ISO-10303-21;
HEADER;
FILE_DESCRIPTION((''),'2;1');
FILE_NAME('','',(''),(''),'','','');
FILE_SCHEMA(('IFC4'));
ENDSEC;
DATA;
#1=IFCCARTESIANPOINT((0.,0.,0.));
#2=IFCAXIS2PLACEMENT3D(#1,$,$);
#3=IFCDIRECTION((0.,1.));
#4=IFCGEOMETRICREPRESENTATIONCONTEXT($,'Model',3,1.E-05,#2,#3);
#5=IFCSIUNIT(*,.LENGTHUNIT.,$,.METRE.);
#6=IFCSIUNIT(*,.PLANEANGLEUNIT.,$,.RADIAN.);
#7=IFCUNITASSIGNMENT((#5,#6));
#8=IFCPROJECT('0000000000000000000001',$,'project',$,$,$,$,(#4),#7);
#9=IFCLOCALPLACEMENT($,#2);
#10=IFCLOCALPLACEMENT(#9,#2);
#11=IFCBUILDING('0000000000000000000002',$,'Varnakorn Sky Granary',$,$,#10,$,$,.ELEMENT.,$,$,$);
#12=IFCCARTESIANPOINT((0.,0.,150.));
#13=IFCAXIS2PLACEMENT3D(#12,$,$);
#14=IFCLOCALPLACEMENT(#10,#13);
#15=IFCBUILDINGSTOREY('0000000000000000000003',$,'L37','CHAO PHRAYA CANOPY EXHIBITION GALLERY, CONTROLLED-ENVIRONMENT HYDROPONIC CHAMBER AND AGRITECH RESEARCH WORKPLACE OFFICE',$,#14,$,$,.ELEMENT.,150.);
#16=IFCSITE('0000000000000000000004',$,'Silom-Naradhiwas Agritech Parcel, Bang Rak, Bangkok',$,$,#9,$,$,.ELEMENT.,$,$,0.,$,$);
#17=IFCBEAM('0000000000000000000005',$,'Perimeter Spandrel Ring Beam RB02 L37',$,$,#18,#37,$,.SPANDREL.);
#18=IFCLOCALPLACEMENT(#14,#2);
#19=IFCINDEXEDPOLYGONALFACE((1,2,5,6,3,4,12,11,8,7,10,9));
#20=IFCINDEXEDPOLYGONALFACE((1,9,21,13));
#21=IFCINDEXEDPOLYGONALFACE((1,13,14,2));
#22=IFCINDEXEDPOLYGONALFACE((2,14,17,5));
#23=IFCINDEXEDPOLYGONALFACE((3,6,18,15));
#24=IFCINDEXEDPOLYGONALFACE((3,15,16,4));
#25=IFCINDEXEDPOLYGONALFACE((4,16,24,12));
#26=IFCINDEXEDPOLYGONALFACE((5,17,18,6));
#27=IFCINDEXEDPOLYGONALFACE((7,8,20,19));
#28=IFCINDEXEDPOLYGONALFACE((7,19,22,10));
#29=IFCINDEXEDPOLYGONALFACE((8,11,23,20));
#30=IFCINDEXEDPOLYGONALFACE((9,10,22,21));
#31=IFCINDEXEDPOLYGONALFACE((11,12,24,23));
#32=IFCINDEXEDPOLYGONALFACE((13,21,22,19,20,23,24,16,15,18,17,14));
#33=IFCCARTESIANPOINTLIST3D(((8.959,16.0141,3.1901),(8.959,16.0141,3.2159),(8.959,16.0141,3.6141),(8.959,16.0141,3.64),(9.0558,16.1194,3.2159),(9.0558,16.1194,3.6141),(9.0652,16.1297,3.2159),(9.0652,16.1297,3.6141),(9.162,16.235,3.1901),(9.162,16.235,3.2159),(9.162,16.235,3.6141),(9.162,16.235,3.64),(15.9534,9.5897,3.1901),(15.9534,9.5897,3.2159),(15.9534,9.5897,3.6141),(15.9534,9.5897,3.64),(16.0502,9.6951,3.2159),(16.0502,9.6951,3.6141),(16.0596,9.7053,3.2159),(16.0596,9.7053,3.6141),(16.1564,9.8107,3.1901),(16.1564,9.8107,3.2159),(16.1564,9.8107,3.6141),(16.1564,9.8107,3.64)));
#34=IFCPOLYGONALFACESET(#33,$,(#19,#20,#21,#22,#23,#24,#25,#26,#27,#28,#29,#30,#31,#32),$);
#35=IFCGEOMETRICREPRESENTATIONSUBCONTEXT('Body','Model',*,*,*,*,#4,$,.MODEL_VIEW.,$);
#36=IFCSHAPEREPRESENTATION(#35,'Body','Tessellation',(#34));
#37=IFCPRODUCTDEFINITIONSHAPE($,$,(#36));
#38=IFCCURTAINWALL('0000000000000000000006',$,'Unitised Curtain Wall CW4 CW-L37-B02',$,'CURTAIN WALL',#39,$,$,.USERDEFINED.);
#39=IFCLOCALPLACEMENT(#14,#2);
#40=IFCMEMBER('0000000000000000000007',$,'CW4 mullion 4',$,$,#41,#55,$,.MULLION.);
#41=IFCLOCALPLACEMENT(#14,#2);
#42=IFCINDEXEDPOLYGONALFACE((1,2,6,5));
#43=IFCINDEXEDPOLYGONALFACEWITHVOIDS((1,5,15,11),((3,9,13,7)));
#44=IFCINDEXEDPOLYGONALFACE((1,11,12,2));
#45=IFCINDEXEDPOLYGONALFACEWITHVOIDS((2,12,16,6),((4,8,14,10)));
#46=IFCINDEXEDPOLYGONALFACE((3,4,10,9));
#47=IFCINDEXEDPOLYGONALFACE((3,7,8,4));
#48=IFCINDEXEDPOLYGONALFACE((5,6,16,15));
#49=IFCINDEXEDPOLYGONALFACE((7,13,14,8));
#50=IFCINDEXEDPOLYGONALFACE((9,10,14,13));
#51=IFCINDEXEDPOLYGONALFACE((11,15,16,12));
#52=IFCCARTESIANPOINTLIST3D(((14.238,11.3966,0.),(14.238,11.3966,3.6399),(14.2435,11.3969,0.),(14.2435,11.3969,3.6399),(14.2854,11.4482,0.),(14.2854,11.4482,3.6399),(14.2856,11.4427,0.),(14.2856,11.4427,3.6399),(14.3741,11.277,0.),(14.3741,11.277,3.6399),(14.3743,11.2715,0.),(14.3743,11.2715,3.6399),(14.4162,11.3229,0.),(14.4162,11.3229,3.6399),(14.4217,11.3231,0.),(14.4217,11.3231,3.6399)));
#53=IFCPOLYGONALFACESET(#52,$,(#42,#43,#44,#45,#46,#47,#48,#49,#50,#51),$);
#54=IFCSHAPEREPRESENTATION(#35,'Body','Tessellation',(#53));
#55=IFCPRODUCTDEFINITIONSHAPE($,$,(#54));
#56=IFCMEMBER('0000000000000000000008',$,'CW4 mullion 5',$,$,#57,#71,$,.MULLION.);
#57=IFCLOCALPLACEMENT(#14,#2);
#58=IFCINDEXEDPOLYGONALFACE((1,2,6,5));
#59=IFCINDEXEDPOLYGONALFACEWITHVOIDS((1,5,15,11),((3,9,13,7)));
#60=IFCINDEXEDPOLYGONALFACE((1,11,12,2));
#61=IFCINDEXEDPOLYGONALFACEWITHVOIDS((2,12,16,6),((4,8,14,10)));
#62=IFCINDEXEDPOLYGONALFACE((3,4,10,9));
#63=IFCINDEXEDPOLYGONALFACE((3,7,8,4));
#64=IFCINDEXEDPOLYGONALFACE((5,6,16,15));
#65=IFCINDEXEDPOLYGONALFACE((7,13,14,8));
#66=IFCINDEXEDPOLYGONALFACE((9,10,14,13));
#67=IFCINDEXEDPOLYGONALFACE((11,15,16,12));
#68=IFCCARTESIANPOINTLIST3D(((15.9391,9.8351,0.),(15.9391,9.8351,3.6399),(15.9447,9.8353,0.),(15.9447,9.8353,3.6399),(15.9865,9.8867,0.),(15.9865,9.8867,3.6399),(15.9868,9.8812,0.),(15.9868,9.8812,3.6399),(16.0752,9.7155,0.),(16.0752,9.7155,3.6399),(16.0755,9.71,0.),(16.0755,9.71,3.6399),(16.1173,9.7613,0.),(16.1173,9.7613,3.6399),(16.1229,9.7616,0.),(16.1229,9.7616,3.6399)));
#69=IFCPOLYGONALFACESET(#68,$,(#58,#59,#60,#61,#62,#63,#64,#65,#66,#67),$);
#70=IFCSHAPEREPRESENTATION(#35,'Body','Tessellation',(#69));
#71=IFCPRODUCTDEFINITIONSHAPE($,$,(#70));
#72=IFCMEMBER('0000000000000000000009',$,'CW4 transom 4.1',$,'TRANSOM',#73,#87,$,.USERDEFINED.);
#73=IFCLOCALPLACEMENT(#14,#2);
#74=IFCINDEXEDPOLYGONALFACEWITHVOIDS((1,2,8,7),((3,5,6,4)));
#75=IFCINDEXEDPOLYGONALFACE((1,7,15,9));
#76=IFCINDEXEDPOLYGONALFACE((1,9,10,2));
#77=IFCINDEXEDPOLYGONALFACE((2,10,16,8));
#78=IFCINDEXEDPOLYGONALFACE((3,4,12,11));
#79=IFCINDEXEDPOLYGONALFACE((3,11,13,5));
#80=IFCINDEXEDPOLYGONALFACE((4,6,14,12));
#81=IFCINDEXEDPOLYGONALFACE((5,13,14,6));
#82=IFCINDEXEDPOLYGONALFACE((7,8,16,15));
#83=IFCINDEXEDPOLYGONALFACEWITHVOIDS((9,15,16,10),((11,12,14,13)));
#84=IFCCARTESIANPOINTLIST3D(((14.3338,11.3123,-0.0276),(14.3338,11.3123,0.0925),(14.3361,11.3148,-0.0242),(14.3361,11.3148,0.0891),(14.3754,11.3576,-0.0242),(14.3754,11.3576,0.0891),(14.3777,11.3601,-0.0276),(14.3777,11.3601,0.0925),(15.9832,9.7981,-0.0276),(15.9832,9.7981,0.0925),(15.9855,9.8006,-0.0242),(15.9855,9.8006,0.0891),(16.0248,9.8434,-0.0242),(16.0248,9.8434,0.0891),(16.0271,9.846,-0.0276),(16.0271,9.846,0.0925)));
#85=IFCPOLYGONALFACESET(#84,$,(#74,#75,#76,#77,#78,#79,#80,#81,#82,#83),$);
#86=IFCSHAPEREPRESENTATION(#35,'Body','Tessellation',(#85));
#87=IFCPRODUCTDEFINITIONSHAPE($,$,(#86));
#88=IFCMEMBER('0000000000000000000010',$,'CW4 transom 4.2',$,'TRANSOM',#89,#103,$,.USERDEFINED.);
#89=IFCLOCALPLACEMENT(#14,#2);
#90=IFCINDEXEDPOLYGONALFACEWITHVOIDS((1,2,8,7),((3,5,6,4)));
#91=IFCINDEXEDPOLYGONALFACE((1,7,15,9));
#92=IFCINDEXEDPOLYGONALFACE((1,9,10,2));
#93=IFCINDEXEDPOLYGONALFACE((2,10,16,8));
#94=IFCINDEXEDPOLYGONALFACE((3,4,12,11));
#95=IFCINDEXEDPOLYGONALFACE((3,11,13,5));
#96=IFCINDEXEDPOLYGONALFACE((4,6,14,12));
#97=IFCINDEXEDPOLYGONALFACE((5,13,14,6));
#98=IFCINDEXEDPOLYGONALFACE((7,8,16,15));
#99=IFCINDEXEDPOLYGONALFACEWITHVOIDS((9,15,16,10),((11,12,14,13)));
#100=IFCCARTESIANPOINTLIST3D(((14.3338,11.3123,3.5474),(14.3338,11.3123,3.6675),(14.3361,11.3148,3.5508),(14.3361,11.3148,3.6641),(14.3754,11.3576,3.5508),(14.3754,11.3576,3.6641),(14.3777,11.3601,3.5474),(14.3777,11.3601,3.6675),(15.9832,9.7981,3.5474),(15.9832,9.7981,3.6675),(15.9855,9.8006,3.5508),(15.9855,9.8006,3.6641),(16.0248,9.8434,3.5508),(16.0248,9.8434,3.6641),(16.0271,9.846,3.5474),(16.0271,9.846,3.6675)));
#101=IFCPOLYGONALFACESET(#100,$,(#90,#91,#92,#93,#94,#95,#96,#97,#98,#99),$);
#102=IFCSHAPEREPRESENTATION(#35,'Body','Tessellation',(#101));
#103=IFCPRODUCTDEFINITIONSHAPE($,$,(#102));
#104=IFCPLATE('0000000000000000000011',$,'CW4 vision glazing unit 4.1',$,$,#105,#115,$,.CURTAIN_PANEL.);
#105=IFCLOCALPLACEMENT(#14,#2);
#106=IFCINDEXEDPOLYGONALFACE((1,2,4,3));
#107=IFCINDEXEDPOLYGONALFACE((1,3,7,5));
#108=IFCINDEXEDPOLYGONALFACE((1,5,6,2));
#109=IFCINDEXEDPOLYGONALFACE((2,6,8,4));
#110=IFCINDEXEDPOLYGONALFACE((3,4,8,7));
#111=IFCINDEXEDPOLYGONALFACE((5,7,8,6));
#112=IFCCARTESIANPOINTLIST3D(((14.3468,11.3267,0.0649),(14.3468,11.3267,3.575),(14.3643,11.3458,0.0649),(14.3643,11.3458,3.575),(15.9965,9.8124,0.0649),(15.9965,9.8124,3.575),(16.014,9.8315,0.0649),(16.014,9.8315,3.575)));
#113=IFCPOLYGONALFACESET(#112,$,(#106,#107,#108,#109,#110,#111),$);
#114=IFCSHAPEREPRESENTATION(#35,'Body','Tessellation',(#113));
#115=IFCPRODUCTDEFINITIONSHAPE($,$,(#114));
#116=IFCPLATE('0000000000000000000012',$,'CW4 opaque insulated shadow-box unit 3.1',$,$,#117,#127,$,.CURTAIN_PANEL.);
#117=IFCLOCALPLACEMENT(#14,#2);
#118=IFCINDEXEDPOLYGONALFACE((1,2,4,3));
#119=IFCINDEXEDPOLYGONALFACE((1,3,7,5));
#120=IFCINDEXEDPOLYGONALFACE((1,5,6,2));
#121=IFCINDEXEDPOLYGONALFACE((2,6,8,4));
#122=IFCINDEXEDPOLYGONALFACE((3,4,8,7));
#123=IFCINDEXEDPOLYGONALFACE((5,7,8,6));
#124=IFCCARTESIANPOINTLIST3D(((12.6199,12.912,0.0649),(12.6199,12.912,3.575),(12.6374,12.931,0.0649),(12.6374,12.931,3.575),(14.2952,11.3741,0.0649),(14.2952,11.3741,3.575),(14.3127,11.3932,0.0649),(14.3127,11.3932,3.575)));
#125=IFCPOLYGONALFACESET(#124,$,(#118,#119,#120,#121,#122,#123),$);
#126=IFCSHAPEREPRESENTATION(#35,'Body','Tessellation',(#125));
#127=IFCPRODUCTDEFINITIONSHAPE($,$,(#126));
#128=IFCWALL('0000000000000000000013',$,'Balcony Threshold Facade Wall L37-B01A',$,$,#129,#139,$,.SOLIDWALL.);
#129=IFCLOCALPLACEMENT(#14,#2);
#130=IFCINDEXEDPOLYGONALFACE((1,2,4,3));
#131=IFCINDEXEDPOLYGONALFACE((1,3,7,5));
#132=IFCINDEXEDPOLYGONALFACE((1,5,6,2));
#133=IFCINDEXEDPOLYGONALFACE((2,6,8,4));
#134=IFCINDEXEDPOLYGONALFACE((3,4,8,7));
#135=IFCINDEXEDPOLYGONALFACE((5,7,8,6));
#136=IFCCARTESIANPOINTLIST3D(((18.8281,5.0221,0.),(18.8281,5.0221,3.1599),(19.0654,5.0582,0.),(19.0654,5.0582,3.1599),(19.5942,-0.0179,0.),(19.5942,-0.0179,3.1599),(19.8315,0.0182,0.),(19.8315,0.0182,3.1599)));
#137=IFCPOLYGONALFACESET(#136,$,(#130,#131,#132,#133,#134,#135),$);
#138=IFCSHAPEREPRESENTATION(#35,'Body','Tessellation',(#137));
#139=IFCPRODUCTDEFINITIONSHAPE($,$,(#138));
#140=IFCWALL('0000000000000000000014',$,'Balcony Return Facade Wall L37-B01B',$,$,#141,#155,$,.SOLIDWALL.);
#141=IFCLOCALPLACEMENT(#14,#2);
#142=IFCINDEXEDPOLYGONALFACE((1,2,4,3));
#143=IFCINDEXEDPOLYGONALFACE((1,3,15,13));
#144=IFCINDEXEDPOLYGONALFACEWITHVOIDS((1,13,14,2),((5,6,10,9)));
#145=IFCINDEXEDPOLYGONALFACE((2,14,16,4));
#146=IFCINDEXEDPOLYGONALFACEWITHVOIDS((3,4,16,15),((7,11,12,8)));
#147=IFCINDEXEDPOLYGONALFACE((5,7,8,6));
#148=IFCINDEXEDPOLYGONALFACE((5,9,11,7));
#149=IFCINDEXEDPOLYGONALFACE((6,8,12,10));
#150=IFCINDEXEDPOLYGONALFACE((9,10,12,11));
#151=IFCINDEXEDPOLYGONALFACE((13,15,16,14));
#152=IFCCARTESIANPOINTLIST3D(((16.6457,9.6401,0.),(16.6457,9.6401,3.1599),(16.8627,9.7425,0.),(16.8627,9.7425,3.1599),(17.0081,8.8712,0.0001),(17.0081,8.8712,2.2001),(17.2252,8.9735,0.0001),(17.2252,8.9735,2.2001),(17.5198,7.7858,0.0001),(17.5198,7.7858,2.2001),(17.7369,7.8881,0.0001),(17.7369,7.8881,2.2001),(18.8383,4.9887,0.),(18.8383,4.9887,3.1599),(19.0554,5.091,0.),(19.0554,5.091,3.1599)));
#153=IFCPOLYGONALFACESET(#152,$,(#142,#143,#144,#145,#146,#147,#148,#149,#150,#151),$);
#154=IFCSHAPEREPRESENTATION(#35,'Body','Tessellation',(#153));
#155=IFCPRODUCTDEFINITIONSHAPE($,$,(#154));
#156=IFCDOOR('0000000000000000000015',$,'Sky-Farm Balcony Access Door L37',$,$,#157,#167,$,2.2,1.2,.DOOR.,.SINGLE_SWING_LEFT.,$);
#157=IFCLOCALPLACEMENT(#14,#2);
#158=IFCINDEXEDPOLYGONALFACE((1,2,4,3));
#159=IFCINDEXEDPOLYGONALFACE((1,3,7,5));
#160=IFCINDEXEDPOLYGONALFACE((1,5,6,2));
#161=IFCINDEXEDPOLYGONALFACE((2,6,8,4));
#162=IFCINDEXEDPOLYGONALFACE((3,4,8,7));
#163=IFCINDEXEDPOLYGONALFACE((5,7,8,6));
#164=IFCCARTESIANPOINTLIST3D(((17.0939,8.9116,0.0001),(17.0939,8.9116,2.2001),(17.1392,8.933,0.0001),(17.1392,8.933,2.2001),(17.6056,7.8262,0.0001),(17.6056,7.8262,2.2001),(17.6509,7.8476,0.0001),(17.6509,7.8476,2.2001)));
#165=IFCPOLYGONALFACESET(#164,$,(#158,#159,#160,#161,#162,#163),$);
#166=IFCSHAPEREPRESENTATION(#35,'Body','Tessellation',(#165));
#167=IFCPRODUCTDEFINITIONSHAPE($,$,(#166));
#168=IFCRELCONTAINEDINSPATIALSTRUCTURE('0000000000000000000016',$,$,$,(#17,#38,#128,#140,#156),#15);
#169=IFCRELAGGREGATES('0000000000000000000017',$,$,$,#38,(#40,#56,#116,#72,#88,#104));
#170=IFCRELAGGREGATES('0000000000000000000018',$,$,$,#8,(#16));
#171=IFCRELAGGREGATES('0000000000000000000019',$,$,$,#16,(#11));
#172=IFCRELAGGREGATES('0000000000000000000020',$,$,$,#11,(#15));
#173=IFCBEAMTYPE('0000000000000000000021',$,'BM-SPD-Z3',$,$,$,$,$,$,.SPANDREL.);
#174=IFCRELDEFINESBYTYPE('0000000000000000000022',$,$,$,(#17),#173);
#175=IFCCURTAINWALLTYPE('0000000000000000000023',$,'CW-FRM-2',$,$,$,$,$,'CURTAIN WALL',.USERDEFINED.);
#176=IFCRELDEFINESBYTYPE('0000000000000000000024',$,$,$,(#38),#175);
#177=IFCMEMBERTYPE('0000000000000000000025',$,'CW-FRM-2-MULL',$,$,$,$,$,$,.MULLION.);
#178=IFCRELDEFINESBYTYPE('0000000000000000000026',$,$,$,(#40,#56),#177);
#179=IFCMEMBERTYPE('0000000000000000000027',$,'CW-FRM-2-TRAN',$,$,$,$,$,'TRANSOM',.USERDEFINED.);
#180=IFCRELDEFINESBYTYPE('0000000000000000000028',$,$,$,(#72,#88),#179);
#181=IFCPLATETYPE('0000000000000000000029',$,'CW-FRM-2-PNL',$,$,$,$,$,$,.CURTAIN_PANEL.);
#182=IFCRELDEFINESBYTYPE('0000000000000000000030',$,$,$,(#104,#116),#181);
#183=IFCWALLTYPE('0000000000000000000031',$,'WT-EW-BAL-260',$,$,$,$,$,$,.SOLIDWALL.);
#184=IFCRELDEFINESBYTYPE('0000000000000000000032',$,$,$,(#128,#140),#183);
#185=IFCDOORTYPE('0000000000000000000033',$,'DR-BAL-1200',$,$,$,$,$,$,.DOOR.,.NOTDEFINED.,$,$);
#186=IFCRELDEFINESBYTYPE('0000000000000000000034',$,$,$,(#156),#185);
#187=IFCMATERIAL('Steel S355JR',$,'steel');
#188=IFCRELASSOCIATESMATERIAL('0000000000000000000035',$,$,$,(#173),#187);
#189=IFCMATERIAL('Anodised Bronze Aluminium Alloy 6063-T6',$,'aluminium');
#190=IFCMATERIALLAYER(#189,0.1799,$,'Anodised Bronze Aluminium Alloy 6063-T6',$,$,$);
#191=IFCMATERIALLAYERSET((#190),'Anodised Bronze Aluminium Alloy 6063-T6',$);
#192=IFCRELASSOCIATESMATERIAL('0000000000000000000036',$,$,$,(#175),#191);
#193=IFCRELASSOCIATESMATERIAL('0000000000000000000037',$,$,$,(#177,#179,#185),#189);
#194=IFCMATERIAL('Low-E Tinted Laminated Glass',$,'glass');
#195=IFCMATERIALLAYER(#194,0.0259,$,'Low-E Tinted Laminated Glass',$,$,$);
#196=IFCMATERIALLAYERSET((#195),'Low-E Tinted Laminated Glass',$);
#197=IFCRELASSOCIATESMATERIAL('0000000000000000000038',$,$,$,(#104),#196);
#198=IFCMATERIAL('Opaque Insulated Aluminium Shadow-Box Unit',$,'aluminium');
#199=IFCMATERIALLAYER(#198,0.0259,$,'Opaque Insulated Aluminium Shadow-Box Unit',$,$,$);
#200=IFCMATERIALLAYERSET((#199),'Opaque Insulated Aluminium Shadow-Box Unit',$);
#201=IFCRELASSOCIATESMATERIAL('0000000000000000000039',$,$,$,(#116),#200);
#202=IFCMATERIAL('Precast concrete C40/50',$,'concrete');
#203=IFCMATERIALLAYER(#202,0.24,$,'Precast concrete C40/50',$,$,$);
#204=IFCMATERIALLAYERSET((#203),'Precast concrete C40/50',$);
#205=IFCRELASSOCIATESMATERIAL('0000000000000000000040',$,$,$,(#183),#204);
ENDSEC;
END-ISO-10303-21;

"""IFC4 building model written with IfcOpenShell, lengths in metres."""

from ifc_helpers import new_model, si_unit, direction, frame, frame_2d, origin, origin_2d, place, context, subcontext, project, spatial, rectangle, hollow_rectangle, i_section, extrude, source, transform, mapped, material, layer, layer_set, material_profile, profile_set, type_object, type_shapes, element, fill, aggregate, save


model = new_model("IFC4")

# Units and contexts
model_context = context("Model", 3, precision=1e-05, world=origin(), true_north=direction((0.0, 1.0)))
body_context = subcontext(model_context, "Body", "Model", "MODEL_VIEW")
ifc_project = project(units=[si_unit("LENGTHUNIT", "METRE"), si_unit("PLANEANGLEUNIT", "RADIAN")], contexts=[model_context])

# Site, building, storey
site_placement = place(None, origin())
site = spatial("IfcSite", under=ifc_project, at=site_placement, Name="Silom-Naradhiwas Agritech Parcel, Bang Rak, Bangkok", CompositionType="ELEMENT", RefElevation=0.0)
building_placement = place(site_placement, origin())
building = spatial("IfcBuilding", under=site, at=building_placement, Name="Varnakorn Sky Granary", CompositionType="ELEMENT")
storey_placement = place(building_placement, frame((0.0, 0.0, 150.0)))
storey = spatial("IfcBuildingStorey", under=building, at=storey_placement, Name="L37", Description="CHAO PHRAYA CANOPY EXHIBITION GALLERY, CONTROLLED-ENVIRONMENT HYDROPONIC CHAMBER AND AGRITECH RESEARCH WORKPLACE OFFICE", CompositionType="ELEMENT", Elevation=150.0)

# Beam
ifc_material_1 = material(Name="Steel S355JR", Category="steel")
ifc_material_profile_1 = material_profile(ifc_material_1, i_section(OverallWidth=0.3, OverallDepth=0.45, WebThickness=0.0139, FlangeThickness=0.0259, at=origin_2d()), Name="HE 450 B")
ifc_profile_set_1 = profile_set([ifc_material_profile_1], Name="Steel S355JR")
beam_type_1 = type_object("IfcBeamType", Name="BM-SPD-Z3", PredefinedType="SPANDREL", material=ifc_profile_set_1)
beam_1_placement = place(storey_placement, frame((16.0549, 9.7002, 3.415), z_axis=(-0.736483, 0.676457, 0.0), x_axis=(-0.676457, -0.736483, 0.0)))
element("IfcBeam", 1, at=beam_1_placement, inside=storey, type_object=beam_type_1, Name="Perimeter Spandrel Ring Beam RB02 L37", PredefinedType="SPANDREL", context=body_context, shape_type="SweptSolid", body=[
    extrude(i_section(OverallWidth=0.3, OverallDepth=0.45, WebThickness=0.0139, FlangeThickness=0.0259, at=origin_2d()), origin(), (0.0, 0.0, 1.0), 9.4971),
])

# Curtain wall, members, plates
ifc_material_2 = material(Name="Anodised Bronze Aluminium Alloy 6063-T6", Category="aluminium")
ifc_layer_1 = layer(ifc_material_2, 0.1799, Name="Anodised Bronze Aluminium Alloy 6063-T6")
ifc_layer_set_1 = layer_set([ifc_layer_1], Name="Anodised Bronze Aluminium Alloy 6063-T6")
curtain_wall_type = type_object("IfcCurtainWallType", Name="CW-FRM-2", ElementType="CURTAIN WALL", PredefinedType="USERDEFINED", material=ifc_layer_set_1)
curtain_wall_placement = place(storey_placement, origin())
curtain_wall = element("IfcCurtainWall", 2, at=curtain_wall_placement, inside=storey, type_object=curtain_wall_type, Name="Unitised Curtain Wall CW4 CW-L37-B02", ObjectType="CURTAIN WALL", PredefinedType="USERDEFINED")
ifc_material_profile_2 = material_profile(ifc_material_2, hollow_rectangle(XDim=0.0701, YDim=0.1851, WallThickness=0.0039, at=origin_2d()), Name="ALU MULL 70x185")
ifc_profile_set_2 = profile_set([ifc_material_profile_2], Name="Anodised Bronze Aluminium Alloy 6063-T6")
member_type_1 = type_object("IfcMemberType", Name="CW-FRM-2-MULL", PredefinedType="MULLION", material=ifc_profile_set_2)
member_1_placement = place(storey_placement, frame((14.3298, 11.3599, 0.0), z_axis=(0.0, 0.0, 1.0), x_axis=(0.676226, 0.736694, 0.0)))
member_1 = element("IfcMember", 3, at=member_1_placement, type_object=member_type_1, Name="CW4 mullion 4", PredefinedType="MULLION", context=body_context, shape_type="SweptSolid", body=[
    extrude(hollow_rectangle(XDim=0.0701, YDim=0.1851, WallThickness=0.0039, at=origin_2d()), origin(), (0.0, 0.0, 1.0), 3.6399),
])
member_2_placement = place(storey_placement, frame((16.031, 9.7983, 0.0), z_axis=(0.0, 0.0, 1.0), x_axis=(0.676226, 0.736694, 0.0)))
member_2 = element("IfcMember", 4, at=member_2_placement, type_object=member_type_1, Name="CW4 mullion 5", PredefinedType="MULLION", context=body_context, shape_type="SweptSolid", body=[
    extrude(hollow_rectangle(XDim=0.0701, YDim=0.1851, WallThickness=0.0039, at=origin_2d()), origin(), (0.0, 0.0, 1.0), 3.6399),
])
ifc_material_profile_3 = material_profile(ifc_material_2, hollow_rectangle(XDim=0.0649, YDim=0.1201, WallThickness=0.0034, at=origin_2d()), Name="ALU TRAN 65x120")
ifc_profile_set_3 = profile_set([ifc_material_profile_3], Name="Anodised Bronze Aluminium Alloy 6063-T6")
member_type_2 = type_object("IfcMemberType", Name="CW-FRM-2-TRAN", ElementType="TRANSOM", PredefinedType="USERDEFINED", material=ifc_profile_set_3)
member_3_placement = place(storey_placement, frame((14.3557, 11.3362, 0.0325), z_axis=(0.736665, -0.676258, 0.0), x_axis=(0.676258, 0.736665, 0.0)))
member_3 = element("IfcMember", 5, at=member_3_placement, type_object=member_type_2, Name="CW4 transom 4.1", ObjectType="TRANSOM", PredefinedType="USERDEFINED", context=body_context, shape_type="SweptSolid", body=[
    extrude(hollow_rectangle(XDim=0.0649, YDim=0.1201, WallThickness=0.0034, at=origin_2d()), origin(), (0.0, 0.0, 1.0), 2.239),
])
member_4_placement = place(storey_placement, frame((14.3557, 11.3362, 3.6074), z_axis=(0.736665, -0.676258, 0.0), x_axis=(0.676258, 0.736665, 0.0)))
member_4 = element("IfcMember", 6, at=member_4_placement, type_object=member_type_2, Name="CW4 transom 4.2", ObjectType="TRANSOM", PredefinedType="USERDEFINED", context=body_context, shape_type="SweptSolid", body=[
    extrude(hollow_rectangle(XDim=0.0649, YDim=0.1201, WallThickness=0.0034, at=origin_2d()), origin(), (0.0, 0.0, 1.0), 2.239),
])
ifc_material_3 = material(Name="Low-E Tinted Laminated Glass", Category="glass")
ifc_layer_2 = layer(ifc_material_3, 0.0259, Name="Low-E Tinted Laminated Glass")
ifc_layer_set_2 = layer_set([ifc_layer_2], Name="Low-E Tinted Laminated Glass")
plate_type = type_object("IfcPlateType", Name="CW-FRM-2-PNL", PredefinedType="CURTAIN_PANEL")
shared_shape_1 = source(origin(), body_context, "Body", "SweptSolid", [
    extrude(rectangle(XDim=2.2393, YDim=0.0259, at=origin_2d()), origin(), (0.0, 0.0, 1.0), 3.51),
])
plate_1_placement = place(storey_placement, frame((15.1804, 10.5791, 0.0649), z_axis=(0.0, 0.0, 1.0), x_axis=(0.736694, -0.676226, 0.0)))
plate_1 = element("IfcPlate", 7, at=plate_1_placement, type_object=plate_type, material=ifc_layer_set_2, Name="CW4 vision glazing unit 4.1", PredefinedType="CURTAIN_PANEL", context=body_context, shape_type="MappedRepresentation", body=[
    mapped(shared_shape_1, transform((0.0, 0.0, 0.0), x_axis=(1.0, 0.0, 0.0), y_axis=(0.0, 1.0, 0.0), z_axis=(0.0, 0.0, 1.0), scale=1.0)),
])
ifc_material_4 = material(Name="Opaque Insulated Aluminium Shadow-Box Unit", Category="aluminium")
ifc_layer_3 = layer(ifc_material_4, 0.0259, Name="Opaque Insulated Aluminium Shadow-Box Unit")
ifc_layer_set_3 = layer_set([ifc_layer_3], Name="Opaque Insulated Aluminium Shadow-Box Unit")
shared_shape_2 = source(origin(), body_context, "Body", "SweptSolid", [
    extrude(rectangle(XDim=2.2742, YDim=0.0259, at=origin_2d()), origin(), (0.0, 0.0, 1.0), 3.51),
])
type_shapes(plate_type, [shared_shape_1, shared_shape_2])
plate_2_placement = place(storey_placement, frame((13.4663, 12.1526, 0.0649), z_axis=(0.0, 0.0, 1.0), x_axis=(0.736694, -0.676226, 0.0)))
plate_2 = element("IfcPlate", 8, at=plate_2_placement, type_object=plate_type, material=ifc_layer_set_3, Name="CW4 opaque insulated shadow-box unit 3.1", PredefinedType="CURTAIN_PANEL", context=body_context, shape_type="MappedRepresentation", body=[
    mapped(shared_shape_2, transform((0.0, 0.0, 0.0), x_axis=(1.0, 0.0, 0.0), y_axis=(0.0, 1.0, 0.0), z_axis=(0.0, 0.0, 1.0), scale=1.0)),
])
aggregate(curtain_wall, [member_1, member_2, plate_2, member_3, member_4, plate_1])

# Wall
ifc_material_5 = material(Name="Precast concrete C40/50", Category="concrete")
ifc_layer_4 = layer(ifc_material_5, 0.24, Name="Precast concrete C40/50")
ifc_layer_set_4 = layer_set([ifc_layer_4], Name="Precast concrete C40/50")
wall_type_1 = type_object("IfcWallType", Name="WT-EW-BAL-260", PredefinedType="SOLIDWALL", material=ifc_layer_set_4)
wall_1_placement = place(storey_placement, frame((18.9468, 5.04, 0.0), z_axis=(0.0, 0.0, 1.0), x_axis=(0.150279, -0.988644, 0.0)))
element("IfcWall", 9, at=wall_1_placement, inside=storey, type_object=wall_type_1, Name="Balcony Threshold Facade Wall L37-B01A", PredefinedType="SOLIDWALL", context=body_context, shape_type="SweptSolid", body=[
    extrude(rectangle(XDim=5.0979, YDim=0.24, at=frame_2d((2.5488, 0.0))), origin(), (0.0, 0.0, 1.0), 3.1599),
])

# Wall, opening, door
wall_2_placement = place(storey_placement, frame((16.7542, 9.6914, 0.0), z_axis=(0.0, 0.0, 1.0), x_axis=(0.426394, -0.904538, 0.0)))
wall_2 = element("IfcWall", 10, at=wall_2_placement, inside=storey, type_object=wall_type_1, Name="Balcony Return Facade Wall L37-B01B", PredefinedType="SOLIDWALL", context=body_context, shape_type="SweptSolid", body=[
    extrude(rectangle(XDim=5.1423, YDim=0.24, at=frame_2d((2.5713, 0.0))), origin(), (0.0, 0.0, 1.0), 3.1599),
])
opening_1_placement = place(wall_2_placement, frame((0.8501, 0.0, 0.0)))
opening_1 = element("IfcOpeningElement", 11, at=opening_1_placement, cuts=wall_2, PredefinedType="OPENING", context=body_context, shape_type="SweptSolid", body=[
    extrude(rectangle(XDim=1.2, YDim=2.2, at=frame_2d((0.6001, 1.1001))), frame((0.0, 0.1299, 0.0), z_axis=(0.0, -1.0, 0.0), x_axis=(1.0, 0.0, 0.0)), (0.0, 0.0, 1.0), 0.26),
])
door_type_1 = type_object("IfcDoorType", Name="DR-BAL-1200", OperationType="NOTDEFINED", PredefinedType="DOOR", material=ifc_material_2)
door_1_placement = place(opening_1_placement, origin())
door_1 = element("IfcDoor", 12, at=door_1_placement, inside=storey, type_object=door_type_1, Name="Sky-Farm Balcony Access Door L37", OperationType="SINGLE_SWING_LEFT", OverallHeight=2.2, OverallWidth=1.2, PredefinedType="DOOR", context=body_context, shape_type="SweptSolid", body=[
    extrude(rectangle(XDim=1.2, YDim=2.2, at=frame_2d((0.6001, 1.1001))), frame((0.0, 0.0249, 0.0), z_axis=(0.0, -1.0, 0.0), x_axis=(1.0, 0.0, 0.0)), (0.0, 0.0, 1.0), 0.05),
])
fill(opening_1, door_1)

save(model, "model.ifc")
